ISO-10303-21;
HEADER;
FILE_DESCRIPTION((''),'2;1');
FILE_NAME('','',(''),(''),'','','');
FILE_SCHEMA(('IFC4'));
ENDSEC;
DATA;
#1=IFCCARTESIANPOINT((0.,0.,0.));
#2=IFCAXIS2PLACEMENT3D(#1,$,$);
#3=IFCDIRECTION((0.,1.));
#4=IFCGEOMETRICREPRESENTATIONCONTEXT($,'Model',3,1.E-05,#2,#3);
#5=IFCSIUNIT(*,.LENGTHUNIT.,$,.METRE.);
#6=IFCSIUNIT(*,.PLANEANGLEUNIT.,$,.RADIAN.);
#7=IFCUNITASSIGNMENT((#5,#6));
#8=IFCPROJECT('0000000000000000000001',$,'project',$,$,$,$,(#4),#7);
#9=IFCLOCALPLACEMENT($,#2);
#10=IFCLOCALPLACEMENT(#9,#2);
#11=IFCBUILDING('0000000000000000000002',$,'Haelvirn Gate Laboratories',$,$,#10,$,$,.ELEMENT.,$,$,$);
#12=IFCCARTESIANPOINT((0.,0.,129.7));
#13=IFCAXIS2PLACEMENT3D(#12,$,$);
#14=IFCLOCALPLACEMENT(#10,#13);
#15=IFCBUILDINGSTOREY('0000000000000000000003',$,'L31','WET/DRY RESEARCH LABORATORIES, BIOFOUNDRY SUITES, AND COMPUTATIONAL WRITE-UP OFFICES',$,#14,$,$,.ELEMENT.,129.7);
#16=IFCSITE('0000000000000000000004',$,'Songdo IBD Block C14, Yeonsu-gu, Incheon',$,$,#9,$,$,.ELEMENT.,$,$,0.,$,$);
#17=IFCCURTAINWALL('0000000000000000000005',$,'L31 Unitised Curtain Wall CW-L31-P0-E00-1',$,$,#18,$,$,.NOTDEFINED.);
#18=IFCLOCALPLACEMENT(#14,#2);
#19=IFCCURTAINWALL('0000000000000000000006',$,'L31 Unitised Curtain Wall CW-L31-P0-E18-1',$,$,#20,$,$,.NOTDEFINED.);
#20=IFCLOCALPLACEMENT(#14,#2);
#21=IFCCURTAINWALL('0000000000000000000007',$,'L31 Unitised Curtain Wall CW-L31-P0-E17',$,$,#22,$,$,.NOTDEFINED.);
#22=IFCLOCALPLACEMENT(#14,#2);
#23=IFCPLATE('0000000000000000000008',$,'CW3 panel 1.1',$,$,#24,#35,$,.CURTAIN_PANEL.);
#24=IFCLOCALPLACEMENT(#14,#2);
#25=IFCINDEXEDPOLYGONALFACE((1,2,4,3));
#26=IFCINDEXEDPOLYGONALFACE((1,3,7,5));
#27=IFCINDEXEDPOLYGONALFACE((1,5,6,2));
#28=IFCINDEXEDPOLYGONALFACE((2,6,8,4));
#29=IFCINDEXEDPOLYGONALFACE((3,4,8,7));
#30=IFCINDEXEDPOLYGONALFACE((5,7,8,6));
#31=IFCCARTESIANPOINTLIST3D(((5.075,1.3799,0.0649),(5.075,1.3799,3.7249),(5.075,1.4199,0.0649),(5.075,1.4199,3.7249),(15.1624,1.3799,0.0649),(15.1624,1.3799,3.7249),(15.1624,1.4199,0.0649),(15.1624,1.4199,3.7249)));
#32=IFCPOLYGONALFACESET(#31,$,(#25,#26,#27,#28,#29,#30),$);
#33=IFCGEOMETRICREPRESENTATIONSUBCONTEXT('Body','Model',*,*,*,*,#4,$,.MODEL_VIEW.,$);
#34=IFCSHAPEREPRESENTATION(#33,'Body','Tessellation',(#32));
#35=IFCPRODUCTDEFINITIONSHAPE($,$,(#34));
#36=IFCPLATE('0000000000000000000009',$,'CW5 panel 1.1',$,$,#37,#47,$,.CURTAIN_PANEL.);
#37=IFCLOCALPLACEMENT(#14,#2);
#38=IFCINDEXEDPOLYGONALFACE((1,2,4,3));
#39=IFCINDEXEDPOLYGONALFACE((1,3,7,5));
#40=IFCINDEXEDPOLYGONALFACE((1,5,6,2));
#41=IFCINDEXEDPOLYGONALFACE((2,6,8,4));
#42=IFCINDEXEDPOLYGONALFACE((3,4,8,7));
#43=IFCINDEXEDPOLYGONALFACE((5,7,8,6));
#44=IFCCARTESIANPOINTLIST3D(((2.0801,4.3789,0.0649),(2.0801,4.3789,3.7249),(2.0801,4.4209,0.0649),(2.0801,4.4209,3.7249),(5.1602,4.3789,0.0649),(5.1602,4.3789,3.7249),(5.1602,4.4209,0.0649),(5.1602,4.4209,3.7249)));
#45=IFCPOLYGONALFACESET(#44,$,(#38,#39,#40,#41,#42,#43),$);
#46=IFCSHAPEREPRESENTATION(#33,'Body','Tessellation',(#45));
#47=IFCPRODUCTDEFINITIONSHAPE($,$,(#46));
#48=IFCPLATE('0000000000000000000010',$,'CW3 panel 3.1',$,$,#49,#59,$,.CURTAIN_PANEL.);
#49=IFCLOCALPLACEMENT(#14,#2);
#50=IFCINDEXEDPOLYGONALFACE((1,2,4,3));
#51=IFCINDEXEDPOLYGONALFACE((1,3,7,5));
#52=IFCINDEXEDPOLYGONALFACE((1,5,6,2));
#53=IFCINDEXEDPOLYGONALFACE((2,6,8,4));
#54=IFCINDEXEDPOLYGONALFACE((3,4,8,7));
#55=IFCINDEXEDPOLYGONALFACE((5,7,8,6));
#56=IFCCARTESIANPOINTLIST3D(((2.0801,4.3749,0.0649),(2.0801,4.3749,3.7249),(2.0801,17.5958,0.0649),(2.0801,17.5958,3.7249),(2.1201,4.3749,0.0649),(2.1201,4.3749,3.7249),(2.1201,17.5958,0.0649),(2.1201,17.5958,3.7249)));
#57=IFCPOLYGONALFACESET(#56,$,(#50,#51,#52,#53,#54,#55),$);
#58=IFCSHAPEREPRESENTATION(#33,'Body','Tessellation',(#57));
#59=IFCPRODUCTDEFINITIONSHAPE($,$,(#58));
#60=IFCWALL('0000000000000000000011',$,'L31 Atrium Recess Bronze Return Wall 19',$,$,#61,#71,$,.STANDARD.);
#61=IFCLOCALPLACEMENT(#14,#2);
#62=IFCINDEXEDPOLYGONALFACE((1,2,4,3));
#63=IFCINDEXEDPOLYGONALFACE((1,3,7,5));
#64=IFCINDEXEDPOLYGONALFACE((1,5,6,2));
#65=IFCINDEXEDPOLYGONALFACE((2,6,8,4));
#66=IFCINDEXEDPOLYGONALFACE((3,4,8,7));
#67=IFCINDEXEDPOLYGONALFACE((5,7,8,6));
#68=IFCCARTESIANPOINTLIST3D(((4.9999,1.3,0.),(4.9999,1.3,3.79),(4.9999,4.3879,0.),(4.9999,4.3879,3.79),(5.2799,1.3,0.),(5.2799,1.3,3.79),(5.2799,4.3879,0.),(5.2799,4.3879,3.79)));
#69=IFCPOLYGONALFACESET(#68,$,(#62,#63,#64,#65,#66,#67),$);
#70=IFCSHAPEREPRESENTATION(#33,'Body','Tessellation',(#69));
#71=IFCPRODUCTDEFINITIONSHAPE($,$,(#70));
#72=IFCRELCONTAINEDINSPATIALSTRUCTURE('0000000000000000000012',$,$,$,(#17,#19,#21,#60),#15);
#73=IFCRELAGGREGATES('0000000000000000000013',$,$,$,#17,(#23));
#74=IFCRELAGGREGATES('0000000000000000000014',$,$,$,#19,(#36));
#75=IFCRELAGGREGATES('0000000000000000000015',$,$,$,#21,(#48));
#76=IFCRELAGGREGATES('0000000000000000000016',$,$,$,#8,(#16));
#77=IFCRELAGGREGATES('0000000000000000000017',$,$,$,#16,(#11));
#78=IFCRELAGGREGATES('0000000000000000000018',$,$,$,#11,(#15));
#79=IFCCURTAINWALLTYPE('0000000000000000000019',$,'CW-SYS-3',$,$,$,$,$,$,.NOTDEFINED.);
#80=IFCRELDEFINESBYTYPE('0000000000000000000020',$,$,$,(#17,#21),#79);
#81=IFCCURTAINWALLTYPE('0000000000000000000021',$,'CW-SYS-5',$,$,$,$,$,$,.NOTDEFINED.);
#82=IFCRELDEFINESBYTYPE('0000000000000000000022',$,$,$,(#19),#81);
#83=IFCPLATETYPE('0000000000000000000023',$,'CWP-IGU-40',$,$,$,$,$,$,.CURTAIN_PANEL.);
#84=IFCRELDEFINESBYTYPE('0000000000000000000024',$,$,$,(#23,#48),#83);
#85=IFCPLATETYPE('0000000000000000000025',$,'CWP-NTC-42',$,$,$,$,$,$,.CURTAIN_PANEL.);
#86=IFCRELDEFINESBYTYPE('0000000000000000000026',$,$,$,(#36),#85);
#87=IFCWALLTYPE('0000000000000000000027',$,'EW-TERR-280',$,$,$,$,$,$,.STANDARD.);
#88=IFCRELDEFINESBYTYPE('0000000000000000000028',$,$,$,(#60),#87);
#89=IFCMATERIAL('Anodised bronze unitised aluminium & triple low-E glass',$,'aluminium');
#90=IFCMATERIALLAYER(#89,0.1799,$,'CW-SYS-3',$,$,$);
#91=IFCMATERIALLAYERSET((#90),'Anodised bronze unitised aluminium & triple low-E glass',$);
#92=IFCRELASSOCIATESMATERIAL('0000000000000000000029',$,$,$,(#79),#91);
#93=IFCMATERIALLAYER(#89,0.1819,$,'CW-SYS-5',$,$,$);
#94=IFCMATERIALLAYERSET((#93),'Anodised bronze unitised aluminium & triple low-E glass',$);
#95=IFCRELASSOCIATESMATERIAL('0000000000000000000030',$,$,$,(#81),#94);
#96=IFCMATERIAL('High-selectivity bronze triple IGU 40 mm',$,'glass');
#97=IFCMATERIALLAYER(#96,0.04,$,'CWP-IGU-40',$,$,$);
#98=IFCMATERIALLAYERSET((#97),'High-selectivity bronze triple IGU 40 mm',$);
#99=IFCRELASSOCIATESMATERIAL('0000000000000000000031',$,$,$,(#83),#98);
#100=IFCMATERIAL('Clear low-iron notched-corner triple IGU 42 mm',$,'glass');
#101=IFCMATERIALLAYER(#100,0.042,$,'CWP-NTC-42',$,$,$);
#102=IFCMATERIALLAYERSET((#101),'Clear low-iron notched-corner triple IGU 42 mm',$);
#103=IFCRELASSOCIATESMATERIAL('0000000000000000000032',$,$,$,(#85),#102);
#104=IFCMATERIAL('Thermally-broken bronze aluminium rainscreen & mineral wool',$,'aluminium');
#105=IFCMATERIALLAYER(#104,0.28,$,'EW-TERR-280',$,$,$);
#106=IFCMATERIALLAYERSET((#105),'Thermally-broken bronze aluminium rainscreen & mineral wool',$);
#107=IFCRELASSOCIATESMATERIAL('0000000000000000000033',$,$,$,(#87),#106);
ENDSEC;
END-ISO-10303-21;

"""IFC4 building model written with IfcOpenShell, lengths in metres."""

from ifc_helpers import new_model, si_unit, direction, frame, frame_2d, origin, origin_2d, place, context, subcontext, project, spatial, rectangle, extrude, source, transform, mapped, material, layer, layer_set, type_object, type_shapes, element, aggregate, save


model = new_model("IFC4")

# Units and contexts
model_context = context("Model", 3, precision=1e-05, world=origin(), true_north=direction((0.0, 1.0)))
body_context = subcontext(model_context, "Body", "Model", "MODEL_VIEW")
ifc_project = project(units=[si_unit("LENGTHUNIT", "METRE"), si_unit("PLANEANGLEUNIT", "RADIAN")], contexts=[model_context])

# Site, building, storey
site_placement = place(None, origin())
site = spatial("IfcSite", under=ifc_project, at=site_placement, Name="Songdo IBD Block C14, Yeonsu-gu, Incheon", CompositionType="ELEMENT", RefElevation=0.0)
building_placement = place(site_placement, origin())
building = spatial("IfcBuilding", under=site, at=building_placement, Name="Haelvirn Gate Laboratories", CompositionType="ELEMENT")
storey_placement = place(building_placement, frame((0.0, 0.0, 129.7)))
storey = spatial("IfcBuildingStorey", under=building, at=storey_placement, Name="L31", Description="WET/DRY RESEARCH LABORATORIES, BIOFOUNDRY SUITES, AND COMPUTATIONAL WRITE-UP OFFICES", CompositionType="ELEMENT", Elevation=129.7)

# Curtain walls
ifc_material_1 = material(Name="Anodised bronze unitised aluminium & triple low-E glass", Category="aluminium")
ifc_layer_1 = layer(ifc_material_1, 0.1799, Name="CW-SYS-3")
ifc_layer_set_1 = layer_set([ifc_layer_1], Name="Anodised bronze unitised aluminium & triple low-E glass")
curtain_wall_type_1 = type_object("IfcCurtainWallType", Name="CW-SYS-3", PredefinedType="NOTDEFINED", material=ifc_layer_set_1)
curtain_wall_1_placement = place(storey_placement, origin())
curtain_wall_1 = element("IfcCurtainWall", 1, at=curtain_wall_1_placement, inside=storey, type_object=curtain_wall_type_1, Name="L31 Unitised Curtain Wall CW-L31-P0-E00-1", PredefinedType="NOTDEFINED")
ifc_layer_2 = layer(ifc_material_1, 0.1819, Name="CW-SYS-5")
ifc_layer_set_2 = layer_set([ifc_layer_2], Name="Anodised bronze unitised aluminium & triple low-E glass")
curtain_wall_type_2 = type_object("IfcCurtainWallType", Name="CW-SYS-5", PredefinedType="NOTDEFINED", material=ifc_layer_set_2)
curtain_wall_2_placement = place(storey_placement, origin())
curtain_wall_2 = element("IfcCurtainWall", 2, at=curtain_wall_2_placement, inside=storey, type_object=curtain_wall_type_2, Name="L31 Unitised Curtain Wall CW-L31-P0-E18-1", PredefinedType="NOTDEFINED")

# Curtain wall
curtain_wall_3_placement = place(storey_placement, origin())
curtain_wall_3 = element("IfcCurtainWall", 3, at=curtain_wall_3_placement, inside=storey, type_object=curtain_wall_type_1, Name="L31 Unitised Curtain Wall CW-L31-P0-E17", PredefinedType="NOTDEFINED")

# Plates
ifc_material_2 = material(Name="High-selectivity bronze triple IGU 40 mm", Category="glass")
ifc_layer_3 = layer(ifc_material_2, 0.04, Name="CWP-IGU-40")
ifc_layer_set_3 = layer_set([ifc_layer_3], Name="High-selectivity bronze triple IGU 40 mm")
plate_type_1 = type_object("IfcPlateType", Name="CWP-IGU-40", PredefinedType="CURTAIN_PANEL", material=ifc_layer_set_3)
shared_shape_1 = source(origin(), body_context, "Body", "SweptSolid", [
    extrude(rectangle(XDim=10.0874, YDim=0.04, at=origin_2d()), origin(), (0.0, 0.0, 1.0), 3.6599),
])
plate_1_placement = place(storey_placement, frame((10.1187, 1.3999, 0.0649), z_axis=(0.0, 0.0, 1.0), x_axis=(1.0, 0.0, 0.0)))
plate_1 = element("IfcPlate", 4, at=plate_1_placement, type_object=plate_type_1, Name="CW3 panel 1.1", PredefinedType="CURTAIN_PANEL", context=body_context, shape_type="MappedRepresentation", body=[
    mapped(shared_shape_1, transform((0.0, 0.0, 0.0), scale=1.0)),
])
aggregate(curtain_wall_1, [plate_1])
ifc_material_3 = material(Name="Clear low-iron notched-corner triple IGU 42 mm", Category="glass")
ifc_layer_4 = layer(ifc_material_3, 0.042, Name="CWP-NTC-42")
ifc_layer_set_4 = layer_set([ifc_layer_4], Name="Clear low-iron notched-corner triple IGU 42 mm")
plate_type_2 = type_object("IfcPlateType", Name="CWP-NTC-42", PredefinedType="CURTAIN_PANEL", material=ifc_layer_set_4)
shared_shape_2 = source(origin(), body_context, "Body", "SweptSolid", [
    extrude(rectangle(XDim=3.0801, YDim=0.042, at=origin_2d()), origin(), (0.0, 0.0, 1.0), 3.6599),
])
type_shapes(plate_type_2, [shared_shape_2])
plate_2_placement = place(storey_placement, frame((3.6201, 4.3999, 0.0649), z_axis=(0.0, 0.0, 1.0), x_axis=(1.0, 0.0, 0.0)))
plate_2 = element("IfcPlate", 5, at=plate_2_placement, type_object=plate_type_2, Name="CW5 panel 1.1", PredefinedType="CURTAIN_PANEL", context=body_context, shape_type="MappedRepresentation", body=[
    mapped(shared_shape_2, transform((0.0, 0.0, 0.0), scale=1.0)),
])
aggregate(curtain_wall_2, [plate_2])
shared_shape_3 = source(origin(), body_context, "Body", "SweptSolid", [
    extrude(rectangle(XDim=13.2209, YDim=0.04, at=origin_2d()), origin(), (0.0, 0.0, 1.0), 3.6599),
])
type_shapes(plate_type_1, [shared_shape_1, shared_shape_3])
plate_3_placement = place(storey_placement, frame((2.1001, 10.9854, 0.0649), z_axis=(0.0, 0.0, 1.0), x_axis=(0.0, -1.0, 0.0)))
plate_3 = element("IfcPlate", 6, at=plate_3_placement, type_object=plate_type_1, Name="CW3 panel 3.1", PredefinedType="CURTAIN_PANEL", context=body_context, shape_type="MappedRepresentation", body=[
    mapped(shared_shape_3, transform((0.0, 0.0, 0.0), scale=1.0)),
])
aggregate(curtain_wall_3, [plate_3])

# Wall
ifc_material_4 = material(Name="Thermally-broken bronze aluminium rainscreen & mineral wool", Category="aluminium")
ifc_layer_5 = layer(ifc_material_4, 0.28, Name="EW-TERR-280")
ifc_layer_set_5 = layer_set([ifc_layer_5], Name="Thermally-broken bronze aluminium rainscreen & mineral wool")
wall_type = type_object("IfcWallType", Name="EW-TERR-280", PredefinedType="STANDARD", material=ifc_layer_set_5)
wall_placement = place(storey_placement, frame((5.1399, 4.3879, 0.0), z_axis=(0.0, 0.0, 1.0), x_axis=(0.0, -1.0, 0.0)))
element("IfcWall", 7, at=wall_placement, inside=storey, type_object=wall_type, Name="L31 Atrium Recess Bronze Return Wall 19", PredefinedType="STANDARD", context=body_context, shape_type="SweptSolid", body=[
    extrude(rectangle(XDim=3.0879, YDim=0.28, at=frame_2d((1.5439, 0.0))), origin(), (0.0, 0.0, 1.0), 3.79),
])

save(model, "model.ifc")
